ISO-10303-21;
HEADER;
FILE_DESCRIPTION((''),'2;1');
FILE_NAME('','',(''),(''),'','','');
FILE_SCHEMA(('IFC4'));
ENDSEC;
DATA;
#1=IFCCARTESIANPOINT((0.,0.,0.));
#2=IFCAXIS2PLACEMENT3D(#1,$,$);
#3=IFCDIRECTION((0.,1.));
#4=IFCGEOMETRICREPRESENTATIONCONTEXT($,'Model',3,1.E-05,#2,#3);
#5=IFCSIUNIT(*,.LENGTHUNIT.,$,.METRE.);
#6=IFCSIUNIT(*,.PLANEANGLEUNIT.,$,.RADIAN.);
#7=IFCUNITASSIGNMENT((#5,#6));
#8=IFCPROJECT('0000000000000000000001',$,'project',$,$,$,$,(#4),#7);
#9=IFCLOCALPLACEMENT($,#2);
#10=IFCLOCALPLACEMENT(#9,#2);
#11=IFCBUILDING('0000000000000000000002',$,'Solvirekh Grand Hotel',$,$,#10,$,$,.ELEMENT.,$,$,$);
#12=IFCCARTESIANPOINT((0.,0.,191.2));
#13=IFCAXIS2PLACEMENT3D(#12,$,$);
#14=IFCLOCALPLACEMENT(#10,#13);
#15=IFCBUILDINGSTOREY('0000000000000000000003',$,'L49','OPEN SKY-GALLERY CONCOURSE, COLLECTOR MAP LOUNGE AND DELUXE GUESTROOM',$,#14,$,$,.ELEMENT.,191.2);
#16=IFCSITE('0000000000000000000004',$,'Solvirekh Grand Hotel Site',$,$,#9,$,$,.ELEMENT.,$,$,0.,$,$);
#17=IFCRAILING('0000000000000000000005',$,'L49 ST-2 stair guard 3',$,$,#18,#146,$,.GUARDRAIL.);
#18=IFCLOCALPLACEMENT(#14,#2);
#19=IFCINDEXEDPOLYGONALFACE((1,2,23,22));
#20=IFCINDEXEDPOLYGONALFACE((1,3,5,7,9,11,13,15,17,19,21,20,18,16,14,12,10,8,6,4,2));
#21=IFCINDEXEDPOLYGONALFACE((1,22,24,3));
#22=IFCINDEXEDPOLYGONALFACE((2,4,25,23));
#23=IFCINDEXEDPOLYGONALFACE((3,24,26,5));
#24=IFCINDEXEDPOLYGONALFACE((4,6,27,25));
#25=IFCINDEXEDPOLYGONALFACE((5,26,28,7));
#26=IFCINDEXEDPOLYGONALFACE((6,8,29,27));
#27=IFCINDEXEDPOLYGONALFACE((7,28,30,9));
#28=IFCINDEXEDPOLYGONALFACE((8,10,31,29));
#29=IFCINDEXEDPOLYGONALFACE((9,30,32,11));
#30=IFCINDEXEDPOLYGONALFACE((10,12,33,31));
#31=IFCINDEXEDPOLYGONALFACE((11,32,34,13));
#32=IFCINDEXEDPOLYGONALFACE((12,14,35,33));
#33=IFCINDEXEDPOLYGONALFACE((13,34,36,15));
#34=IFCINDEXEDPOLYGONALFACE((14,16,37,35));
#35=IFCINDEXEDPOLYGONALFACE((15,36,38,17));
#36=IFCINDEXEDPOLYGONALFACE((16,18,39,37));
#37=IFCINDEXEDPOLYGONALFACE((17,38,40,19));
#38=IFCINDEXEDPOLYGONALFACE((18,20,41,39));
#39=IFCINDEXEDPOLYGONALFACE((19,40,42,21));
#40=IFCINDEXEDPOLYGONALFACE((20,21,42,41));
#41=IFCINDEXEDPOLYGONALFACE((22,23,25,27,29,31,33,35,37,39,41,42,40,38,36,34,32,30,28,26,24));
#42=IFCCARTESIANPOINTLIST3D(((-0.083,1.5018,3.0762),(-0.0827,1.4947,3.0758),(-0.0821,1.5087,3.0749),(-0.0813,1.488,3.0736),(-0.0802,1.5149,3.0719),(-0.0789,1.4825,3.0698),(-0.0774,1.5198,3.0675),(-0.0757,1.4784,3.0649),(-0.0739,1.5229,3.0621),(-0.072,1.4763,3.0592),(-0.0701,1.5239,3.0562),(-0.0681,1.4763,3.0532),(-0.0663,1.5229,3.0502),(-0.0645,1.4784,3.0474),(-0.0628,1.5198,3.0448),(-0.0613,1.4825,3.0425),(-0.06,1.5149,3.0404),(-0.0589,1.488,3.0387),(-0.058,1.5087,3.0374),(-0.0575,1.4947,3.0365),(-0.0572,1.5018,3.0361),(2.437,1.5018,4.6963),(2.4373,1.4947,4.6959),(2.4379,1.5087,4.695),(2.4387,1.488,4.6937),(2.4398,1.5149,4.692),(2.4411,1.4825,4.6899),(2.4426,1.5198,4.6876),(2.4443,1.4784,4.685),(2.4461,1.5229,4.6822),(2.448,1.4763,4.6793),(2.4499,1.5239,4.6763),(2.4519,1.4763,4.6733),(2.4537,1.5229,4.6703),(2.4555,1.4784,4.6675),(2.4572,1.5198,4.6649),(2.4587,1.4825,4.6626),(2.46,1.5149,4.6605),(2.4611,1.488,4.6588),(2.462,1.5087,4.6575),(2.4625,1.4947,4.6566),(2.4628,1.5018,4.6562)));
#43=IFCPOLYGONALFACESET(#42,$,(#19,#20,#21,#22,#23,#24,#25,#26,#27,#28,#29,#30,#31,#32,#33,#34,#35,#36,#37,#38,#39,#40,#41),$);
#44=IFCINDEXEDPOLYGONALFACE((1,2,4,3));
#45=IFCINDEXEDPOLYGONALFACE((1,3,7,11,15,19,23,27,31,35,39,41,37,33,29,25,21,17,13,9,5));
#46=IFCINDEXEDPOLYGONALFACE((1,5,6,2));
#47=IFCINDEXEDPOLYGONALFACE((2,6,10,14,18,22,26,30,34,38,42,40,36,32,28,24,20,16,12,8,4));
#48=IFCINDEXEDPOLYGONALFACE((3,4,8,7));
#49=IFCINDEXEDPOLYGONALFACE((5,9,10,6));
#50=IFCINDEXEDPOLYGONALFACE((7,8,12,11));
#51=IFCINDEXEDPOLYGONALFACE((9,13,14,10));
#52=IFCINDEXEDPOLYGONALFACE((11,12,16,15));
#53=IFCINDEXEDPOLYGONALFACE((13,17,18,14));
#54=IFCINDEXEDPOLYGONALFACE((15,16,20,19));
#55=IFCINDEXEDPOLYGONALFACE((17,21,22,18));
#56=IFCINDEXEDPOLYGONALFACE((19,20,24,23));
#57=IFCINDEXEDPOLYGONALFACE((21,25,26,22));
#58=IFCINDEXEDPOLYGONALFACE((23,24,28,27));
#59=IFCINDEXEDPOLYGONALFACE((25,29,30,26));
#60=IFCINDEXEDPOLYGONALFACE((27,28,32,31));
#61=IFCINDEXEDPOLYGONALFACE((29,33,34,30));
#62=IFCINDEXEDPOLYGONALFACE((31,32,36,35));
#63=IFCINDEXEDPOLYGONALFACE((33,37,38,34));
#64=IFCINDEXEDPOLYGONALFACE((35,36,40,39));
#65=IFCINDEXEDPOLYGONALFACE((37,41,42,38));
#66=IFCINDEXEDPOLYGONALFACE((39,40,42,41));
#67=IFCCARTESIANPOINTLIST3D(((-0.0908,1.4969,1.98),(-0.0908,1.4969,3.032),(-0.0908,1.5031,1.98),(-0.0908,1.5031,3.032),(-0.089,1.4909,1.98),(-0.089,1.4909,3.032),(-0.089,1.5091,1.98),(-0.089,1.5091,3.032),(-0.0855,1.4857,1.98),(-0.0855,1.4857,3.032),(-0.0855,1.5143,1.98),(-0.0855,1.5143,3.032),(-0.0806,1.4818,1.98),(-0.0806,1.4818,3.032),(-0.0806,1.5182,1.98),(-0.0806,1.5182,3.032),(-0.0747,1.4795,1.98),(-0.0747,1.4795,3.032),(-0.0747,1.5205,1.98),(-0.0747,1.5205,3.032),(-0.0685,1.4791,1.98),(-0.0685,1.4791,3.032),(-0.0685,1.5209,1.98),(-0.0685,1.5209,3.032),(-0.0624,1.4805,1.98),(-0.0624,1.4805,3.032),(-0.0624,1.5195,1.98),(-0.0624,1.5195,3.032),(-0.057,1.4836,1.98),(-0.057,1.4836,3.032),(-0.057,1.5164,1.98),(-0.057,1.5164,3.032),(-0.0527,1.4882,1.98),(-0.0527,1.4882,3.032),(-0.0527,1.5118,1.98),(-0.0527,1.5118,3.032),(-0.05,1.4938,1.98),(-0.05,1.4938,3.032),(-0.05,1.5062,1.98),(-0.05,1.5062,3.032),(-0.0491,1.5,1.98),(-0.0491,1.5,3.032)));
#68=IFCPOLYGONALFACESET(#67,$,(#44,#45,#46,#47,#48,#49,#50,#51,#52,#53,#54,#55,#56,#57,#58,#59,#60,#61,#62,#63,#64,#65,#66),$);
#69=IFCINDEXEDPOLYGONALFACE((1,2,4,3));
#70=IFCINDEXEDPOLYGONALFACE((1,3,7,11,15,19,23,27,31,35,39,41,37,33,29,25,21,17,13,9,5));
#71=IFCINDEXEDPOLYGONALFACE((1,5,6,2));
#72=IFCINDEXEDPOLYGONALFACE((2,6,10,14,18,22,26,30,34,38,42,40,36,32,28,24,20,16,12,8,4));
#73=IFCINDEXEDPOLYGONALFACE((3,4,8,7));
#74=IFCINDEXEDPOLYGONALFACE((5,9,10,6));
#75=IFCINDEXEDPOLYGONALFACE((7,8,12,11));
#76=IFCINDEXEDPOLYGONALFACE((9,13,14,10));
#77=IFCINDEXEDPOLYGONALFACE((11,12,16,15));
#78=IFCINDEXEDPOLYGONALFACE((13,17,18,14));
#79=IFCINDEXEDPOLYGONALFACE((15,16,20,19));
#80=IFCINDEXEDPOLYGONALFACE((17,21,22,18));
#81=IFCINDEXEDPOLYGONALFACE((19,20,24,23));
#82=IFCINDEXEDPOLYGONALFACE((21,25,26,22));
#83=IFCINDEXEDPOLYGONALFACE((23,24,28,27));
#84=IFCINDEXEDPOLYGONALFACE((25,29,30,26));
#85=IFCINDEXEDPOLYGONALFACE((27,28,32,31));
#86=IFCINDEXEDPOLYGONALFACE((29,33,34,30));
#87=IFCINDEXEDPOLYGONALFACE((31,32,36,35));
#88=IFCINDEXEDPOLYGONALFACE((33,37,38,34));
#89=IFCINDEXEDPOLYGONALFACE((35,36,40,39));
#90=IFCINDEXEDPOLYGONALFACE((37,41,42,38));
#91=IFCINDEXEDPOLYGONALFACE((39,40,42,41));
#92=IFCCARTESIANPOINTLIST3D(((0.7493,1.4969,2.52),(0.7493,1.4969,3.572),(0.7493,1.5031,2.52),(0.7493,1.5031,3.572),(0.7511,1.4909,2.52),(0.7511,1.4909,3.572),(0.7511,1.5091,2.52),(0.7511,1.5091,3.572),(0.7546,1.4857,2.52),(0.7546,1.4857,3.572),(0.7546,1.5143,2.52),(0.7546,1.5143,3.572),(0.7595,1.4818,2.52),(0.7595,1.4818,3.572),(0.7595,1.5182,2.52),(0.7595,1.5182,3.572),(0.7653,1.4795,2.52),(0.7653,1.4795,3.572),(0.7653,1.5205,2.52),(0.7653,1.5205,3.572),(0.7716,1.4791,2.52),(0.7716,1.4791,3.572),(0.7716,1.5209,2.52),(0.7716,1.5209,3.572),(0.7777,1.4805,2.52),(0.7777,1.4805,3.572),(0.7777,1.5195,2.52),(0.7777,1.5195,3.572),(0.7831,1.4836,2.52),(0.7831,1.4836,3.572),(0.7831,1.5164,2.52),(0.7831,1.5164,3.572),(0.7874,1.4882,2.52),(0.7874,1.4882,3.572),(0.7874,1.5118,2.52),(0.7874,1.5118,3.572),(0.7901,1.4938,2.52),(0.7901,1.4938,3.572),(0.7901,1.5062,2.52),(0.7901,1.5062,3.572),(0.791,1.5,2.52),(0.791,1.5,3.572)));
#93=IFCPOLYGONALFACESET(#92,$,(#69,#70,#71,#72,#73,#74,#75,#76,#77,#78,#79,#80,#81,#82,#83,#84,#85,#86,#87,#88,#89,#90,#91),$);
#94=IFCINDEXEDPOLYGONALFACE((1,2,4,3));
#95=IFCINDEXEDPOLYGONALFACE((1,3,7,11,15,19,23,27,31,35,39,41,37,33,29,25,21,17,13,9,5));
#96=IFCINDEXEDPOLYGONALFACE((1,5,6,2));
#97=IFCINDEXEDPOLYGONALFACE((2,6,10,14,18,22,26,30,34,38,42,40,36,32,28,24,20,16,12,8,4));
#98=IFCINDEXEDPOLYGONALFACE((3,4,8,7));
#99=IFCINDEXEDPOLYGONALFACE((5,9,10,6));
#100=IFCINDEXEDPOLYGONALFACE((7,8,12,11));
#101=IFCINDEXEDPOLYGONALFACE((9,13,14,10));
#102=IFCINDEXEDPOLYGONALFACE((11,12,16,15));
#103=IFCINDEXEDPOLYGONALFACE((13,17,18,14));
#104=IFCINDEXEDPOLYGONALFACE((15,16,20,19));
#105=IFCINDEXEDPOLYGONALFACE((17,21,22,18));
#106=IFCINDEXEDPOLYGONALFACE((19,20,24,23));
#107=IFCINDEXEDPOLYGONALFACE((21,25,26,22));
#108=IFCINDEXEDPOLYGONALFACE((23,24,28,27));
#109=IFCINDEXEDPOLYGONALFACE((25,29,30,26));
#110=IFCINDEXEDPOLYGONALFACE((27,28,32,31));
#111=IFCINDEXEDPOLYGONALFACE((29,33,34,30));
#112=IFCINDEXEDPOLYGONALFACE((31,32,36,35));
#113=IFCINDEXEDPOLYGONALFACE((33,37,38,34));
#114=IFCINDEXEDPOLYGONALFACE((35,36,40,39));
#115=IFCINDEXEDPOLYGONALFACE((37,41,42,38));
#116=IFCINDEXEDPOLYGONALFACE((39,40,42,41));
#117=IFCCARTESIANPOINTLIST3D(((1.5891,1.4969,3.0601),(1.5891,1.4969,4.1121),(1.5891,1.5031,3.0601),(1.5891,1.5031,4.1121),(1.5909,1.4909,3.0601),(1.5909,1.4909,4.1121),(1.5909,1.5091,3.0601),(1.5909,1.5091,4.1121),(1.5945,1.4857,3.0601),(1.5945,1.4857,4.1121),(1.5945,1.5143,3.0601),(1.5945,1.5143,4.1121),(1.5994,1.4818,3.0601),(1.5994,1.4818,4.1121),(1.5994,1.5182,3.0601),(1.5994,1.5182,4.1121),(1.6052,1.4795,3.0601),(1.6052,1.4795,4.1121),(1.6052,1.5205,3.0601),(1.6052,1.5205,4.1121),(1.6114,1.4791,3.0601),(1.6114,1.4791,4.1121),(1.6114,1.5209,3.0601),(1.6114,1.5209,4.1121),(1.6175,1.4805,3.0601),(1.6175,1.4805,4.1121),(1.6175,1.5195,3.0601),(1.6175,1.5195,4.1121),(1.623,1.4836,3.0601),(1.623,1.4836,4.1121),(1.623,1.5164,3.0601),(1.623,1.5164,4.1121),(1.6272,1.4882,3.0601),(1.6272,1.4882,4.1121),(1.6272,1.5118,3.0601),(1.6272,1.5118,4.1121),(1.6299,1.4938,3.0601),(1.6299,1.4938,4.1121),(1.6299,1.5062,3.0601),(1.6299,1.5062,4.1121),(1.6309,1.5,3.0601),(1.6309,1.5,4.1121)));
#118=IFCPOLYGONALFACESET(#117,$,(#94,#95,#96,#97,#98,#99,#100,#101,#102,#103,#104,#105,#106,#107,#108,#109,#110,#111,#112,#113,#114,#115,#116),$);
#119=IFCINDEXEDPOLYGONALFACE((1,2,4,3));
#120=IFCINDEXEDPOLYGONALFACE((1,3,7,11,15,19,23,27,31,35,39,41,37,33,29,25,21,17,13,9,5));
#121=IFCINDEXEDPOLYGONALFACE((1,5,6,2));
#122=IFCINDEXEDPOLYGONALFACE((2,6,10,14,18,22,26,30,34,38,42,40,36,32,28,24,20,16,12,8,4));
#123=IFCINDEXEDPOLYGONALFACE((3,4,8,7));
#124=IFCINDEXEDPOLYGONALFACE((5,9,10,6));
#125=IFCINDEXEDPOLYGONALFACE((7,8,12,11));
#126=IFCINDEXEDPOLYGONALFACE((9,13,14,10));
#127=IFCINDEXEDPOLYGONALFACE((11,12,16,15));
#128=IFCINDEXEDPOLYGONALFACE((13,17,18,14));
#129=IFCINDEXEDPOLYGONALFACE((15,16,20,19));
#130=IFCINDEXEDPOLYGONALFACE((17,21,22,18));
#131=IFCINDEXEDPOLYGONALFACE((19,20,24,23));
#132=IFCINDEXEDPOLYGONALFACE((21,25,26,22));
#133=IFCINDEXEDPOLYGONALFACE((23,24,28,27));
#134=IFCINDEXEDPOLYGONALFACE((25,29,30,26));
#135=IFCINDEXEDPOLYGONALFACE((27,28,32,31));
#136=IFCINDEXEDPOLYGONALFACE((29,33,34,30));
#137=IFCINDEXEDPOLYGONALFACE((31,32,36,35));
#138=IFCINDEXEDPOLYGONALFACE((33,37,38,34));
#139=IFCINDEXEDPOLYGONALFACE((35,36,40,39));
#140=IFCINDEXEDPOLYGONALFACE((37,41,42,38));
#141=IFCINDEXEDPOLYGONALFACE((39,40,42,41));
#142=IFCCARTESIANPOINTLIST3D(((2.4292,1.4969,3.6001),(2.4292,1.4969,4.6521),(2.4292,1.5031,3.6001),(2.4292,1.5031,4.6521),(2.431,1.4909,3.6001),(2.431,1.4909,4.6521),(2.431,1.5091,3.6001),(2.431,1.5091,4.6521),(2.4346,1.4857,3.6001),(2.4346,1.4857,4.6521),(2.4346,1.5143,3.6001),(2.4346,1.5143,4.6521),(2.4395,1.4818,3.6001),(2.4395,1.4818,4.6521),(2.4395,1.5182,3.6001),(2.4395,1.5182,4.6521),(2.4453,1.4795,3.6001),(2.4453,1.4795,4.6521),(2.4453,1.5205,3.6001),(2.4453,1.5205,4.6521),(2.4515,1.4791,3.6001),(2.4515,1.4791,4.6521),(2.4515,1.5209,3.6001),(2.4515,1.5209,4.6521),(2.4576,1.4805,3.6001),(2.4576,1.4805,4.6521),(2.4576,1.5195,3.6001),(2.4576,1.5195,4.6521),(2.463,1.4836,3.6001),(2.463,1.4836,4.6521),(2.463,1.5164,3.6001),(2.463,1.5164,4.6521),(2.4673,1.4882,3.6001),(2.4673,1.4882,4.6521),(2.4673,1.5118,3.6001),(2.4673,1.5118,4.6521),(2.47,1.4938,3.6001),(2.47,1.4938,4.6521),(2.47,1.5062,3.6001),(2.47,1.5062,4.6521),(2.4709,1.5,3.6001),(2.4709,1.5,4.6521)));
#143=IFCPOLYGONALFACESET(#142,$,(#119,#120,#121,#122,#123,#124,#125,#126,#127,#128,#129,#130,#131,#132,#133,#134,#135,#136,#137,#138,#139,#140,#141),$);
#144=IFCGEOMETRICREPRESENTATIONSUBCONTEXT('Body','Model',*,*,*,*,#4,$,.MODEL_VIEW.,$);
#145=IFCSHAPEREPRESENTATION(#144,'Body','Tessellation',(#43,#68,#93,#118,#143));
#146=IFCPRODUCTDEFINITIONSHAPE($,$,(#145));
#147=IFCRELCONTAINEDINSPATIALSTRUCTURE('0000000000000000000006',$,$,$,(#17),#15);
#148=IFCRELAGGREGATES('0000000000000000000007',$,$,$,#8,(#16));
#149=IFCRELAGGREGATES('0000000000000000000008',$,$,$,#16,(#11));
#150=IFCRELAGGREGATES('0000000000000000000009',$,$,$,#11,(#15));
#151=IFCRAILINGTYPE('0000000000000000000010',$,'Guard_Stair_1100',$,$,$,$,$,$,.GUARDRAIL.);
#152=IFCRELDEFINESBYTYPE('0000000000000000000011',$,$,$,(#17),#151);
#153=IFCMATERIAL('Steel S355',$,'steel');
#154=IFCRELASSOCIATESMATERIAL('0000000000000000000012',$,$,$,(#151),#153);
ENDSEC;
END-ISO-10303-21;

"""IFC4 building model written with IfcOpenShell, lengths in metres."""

from ifc_helpers import new_model, si_unit, direction, frame, origin, origin_2d, place, context, subcontext, project, spatial, circle, extrude, material, type_object, element, save


model = new_model("IFC4")

# Units and contexts
model_context = context("Model", 3, precision=1e-05, world=origin(), true_north=direction((0.0, 1.0)))
body_context = subcontext(model_context, "Body", "Model", "MODEL_VIEW")
ifc_project = project(units=[si_unit("LENGTHUNIT", "METRE"), si_unit("PLANEANGLEUNIT", "RADIAN")], contexts=[model_context])

# Site, building, storey
site_placement = place(None, origin())
site = spatial("IfcSite", under=ifc_project, at=site_placement, Name="Solvirekh Grand Hotel Site", CompositionType="ELEMENT", RefElevation=0.0)
building_placement = place(site_placement, origin())
building = spatial("IfcBuilding", under=site, at=building_placement, Name="Solvirekh Grand Hotel", CompositionType="ELEMENT")
storey_placement = place(building_placement, frame((0.0, 0.0, 191.2)))
storey = spatial("IfcBuildingStorey", under=building, at=storey_placement, Name="L49", Description="OPEN SKY-GALLERY CONCOURSE, COLLECTOR MAP LOUNGE AND DELUXE GUESTROOM", CompositionType="ELEMENT", Elevation=191.2)

# Shared definitions
ifc_material_1 = material(Name="Steel S355", Category="steel")

# Railing
railing_type_1 = type_object("IfcRailingType", Name="Guard_Stair_1100", PredefinedType="GUARDRAIL", material=ifc_material_1)
railing_1_placement = place(storey_placement, frame((-0.0701, 1.5, 1.98)))
element("IfcRailing", 1, at=railing_1_placement, inside=storey, type_object=railing_type_1, Name="L49 ST-2 stair guard 3", PredefinedType="GUARDRAIL", context=body_context, shape_type="SweptSolid", body=[
    extrude(circle(Radius=0.0239, at=origin_2d()), frame((0.0, 0.0, 1.0762), z_axis=(0.841163, 0.0, 0.540782), x_axis=(0.0, 1.0, 0.0)), (0.0, 0.0, 1.0), 2.9958),
    extrude(circle(Radius=0.021, at=origin_2d()), origin(), (0.0, 0.0, 1.0), 1.052),
    extrude(circle(Radius=0.021, at=origin_2d()), frame((0.8401, 0.0, 0.54)), (0.0, 0.0, 1.0), 1.052),
    extrude(circle(Radius=0.021, at=origin_2d()), frame((1.6799, 0.0, 1.0801)), (0.0, 0.0, 1.0), 1.052),
    extrude(circle(Radius=0.021, at=origin_2d()), frame((2.52, 0.0, 1.6201)), (0.0, 0.0, 1.0), 1.052),
])

save(model, "model.ifc")
